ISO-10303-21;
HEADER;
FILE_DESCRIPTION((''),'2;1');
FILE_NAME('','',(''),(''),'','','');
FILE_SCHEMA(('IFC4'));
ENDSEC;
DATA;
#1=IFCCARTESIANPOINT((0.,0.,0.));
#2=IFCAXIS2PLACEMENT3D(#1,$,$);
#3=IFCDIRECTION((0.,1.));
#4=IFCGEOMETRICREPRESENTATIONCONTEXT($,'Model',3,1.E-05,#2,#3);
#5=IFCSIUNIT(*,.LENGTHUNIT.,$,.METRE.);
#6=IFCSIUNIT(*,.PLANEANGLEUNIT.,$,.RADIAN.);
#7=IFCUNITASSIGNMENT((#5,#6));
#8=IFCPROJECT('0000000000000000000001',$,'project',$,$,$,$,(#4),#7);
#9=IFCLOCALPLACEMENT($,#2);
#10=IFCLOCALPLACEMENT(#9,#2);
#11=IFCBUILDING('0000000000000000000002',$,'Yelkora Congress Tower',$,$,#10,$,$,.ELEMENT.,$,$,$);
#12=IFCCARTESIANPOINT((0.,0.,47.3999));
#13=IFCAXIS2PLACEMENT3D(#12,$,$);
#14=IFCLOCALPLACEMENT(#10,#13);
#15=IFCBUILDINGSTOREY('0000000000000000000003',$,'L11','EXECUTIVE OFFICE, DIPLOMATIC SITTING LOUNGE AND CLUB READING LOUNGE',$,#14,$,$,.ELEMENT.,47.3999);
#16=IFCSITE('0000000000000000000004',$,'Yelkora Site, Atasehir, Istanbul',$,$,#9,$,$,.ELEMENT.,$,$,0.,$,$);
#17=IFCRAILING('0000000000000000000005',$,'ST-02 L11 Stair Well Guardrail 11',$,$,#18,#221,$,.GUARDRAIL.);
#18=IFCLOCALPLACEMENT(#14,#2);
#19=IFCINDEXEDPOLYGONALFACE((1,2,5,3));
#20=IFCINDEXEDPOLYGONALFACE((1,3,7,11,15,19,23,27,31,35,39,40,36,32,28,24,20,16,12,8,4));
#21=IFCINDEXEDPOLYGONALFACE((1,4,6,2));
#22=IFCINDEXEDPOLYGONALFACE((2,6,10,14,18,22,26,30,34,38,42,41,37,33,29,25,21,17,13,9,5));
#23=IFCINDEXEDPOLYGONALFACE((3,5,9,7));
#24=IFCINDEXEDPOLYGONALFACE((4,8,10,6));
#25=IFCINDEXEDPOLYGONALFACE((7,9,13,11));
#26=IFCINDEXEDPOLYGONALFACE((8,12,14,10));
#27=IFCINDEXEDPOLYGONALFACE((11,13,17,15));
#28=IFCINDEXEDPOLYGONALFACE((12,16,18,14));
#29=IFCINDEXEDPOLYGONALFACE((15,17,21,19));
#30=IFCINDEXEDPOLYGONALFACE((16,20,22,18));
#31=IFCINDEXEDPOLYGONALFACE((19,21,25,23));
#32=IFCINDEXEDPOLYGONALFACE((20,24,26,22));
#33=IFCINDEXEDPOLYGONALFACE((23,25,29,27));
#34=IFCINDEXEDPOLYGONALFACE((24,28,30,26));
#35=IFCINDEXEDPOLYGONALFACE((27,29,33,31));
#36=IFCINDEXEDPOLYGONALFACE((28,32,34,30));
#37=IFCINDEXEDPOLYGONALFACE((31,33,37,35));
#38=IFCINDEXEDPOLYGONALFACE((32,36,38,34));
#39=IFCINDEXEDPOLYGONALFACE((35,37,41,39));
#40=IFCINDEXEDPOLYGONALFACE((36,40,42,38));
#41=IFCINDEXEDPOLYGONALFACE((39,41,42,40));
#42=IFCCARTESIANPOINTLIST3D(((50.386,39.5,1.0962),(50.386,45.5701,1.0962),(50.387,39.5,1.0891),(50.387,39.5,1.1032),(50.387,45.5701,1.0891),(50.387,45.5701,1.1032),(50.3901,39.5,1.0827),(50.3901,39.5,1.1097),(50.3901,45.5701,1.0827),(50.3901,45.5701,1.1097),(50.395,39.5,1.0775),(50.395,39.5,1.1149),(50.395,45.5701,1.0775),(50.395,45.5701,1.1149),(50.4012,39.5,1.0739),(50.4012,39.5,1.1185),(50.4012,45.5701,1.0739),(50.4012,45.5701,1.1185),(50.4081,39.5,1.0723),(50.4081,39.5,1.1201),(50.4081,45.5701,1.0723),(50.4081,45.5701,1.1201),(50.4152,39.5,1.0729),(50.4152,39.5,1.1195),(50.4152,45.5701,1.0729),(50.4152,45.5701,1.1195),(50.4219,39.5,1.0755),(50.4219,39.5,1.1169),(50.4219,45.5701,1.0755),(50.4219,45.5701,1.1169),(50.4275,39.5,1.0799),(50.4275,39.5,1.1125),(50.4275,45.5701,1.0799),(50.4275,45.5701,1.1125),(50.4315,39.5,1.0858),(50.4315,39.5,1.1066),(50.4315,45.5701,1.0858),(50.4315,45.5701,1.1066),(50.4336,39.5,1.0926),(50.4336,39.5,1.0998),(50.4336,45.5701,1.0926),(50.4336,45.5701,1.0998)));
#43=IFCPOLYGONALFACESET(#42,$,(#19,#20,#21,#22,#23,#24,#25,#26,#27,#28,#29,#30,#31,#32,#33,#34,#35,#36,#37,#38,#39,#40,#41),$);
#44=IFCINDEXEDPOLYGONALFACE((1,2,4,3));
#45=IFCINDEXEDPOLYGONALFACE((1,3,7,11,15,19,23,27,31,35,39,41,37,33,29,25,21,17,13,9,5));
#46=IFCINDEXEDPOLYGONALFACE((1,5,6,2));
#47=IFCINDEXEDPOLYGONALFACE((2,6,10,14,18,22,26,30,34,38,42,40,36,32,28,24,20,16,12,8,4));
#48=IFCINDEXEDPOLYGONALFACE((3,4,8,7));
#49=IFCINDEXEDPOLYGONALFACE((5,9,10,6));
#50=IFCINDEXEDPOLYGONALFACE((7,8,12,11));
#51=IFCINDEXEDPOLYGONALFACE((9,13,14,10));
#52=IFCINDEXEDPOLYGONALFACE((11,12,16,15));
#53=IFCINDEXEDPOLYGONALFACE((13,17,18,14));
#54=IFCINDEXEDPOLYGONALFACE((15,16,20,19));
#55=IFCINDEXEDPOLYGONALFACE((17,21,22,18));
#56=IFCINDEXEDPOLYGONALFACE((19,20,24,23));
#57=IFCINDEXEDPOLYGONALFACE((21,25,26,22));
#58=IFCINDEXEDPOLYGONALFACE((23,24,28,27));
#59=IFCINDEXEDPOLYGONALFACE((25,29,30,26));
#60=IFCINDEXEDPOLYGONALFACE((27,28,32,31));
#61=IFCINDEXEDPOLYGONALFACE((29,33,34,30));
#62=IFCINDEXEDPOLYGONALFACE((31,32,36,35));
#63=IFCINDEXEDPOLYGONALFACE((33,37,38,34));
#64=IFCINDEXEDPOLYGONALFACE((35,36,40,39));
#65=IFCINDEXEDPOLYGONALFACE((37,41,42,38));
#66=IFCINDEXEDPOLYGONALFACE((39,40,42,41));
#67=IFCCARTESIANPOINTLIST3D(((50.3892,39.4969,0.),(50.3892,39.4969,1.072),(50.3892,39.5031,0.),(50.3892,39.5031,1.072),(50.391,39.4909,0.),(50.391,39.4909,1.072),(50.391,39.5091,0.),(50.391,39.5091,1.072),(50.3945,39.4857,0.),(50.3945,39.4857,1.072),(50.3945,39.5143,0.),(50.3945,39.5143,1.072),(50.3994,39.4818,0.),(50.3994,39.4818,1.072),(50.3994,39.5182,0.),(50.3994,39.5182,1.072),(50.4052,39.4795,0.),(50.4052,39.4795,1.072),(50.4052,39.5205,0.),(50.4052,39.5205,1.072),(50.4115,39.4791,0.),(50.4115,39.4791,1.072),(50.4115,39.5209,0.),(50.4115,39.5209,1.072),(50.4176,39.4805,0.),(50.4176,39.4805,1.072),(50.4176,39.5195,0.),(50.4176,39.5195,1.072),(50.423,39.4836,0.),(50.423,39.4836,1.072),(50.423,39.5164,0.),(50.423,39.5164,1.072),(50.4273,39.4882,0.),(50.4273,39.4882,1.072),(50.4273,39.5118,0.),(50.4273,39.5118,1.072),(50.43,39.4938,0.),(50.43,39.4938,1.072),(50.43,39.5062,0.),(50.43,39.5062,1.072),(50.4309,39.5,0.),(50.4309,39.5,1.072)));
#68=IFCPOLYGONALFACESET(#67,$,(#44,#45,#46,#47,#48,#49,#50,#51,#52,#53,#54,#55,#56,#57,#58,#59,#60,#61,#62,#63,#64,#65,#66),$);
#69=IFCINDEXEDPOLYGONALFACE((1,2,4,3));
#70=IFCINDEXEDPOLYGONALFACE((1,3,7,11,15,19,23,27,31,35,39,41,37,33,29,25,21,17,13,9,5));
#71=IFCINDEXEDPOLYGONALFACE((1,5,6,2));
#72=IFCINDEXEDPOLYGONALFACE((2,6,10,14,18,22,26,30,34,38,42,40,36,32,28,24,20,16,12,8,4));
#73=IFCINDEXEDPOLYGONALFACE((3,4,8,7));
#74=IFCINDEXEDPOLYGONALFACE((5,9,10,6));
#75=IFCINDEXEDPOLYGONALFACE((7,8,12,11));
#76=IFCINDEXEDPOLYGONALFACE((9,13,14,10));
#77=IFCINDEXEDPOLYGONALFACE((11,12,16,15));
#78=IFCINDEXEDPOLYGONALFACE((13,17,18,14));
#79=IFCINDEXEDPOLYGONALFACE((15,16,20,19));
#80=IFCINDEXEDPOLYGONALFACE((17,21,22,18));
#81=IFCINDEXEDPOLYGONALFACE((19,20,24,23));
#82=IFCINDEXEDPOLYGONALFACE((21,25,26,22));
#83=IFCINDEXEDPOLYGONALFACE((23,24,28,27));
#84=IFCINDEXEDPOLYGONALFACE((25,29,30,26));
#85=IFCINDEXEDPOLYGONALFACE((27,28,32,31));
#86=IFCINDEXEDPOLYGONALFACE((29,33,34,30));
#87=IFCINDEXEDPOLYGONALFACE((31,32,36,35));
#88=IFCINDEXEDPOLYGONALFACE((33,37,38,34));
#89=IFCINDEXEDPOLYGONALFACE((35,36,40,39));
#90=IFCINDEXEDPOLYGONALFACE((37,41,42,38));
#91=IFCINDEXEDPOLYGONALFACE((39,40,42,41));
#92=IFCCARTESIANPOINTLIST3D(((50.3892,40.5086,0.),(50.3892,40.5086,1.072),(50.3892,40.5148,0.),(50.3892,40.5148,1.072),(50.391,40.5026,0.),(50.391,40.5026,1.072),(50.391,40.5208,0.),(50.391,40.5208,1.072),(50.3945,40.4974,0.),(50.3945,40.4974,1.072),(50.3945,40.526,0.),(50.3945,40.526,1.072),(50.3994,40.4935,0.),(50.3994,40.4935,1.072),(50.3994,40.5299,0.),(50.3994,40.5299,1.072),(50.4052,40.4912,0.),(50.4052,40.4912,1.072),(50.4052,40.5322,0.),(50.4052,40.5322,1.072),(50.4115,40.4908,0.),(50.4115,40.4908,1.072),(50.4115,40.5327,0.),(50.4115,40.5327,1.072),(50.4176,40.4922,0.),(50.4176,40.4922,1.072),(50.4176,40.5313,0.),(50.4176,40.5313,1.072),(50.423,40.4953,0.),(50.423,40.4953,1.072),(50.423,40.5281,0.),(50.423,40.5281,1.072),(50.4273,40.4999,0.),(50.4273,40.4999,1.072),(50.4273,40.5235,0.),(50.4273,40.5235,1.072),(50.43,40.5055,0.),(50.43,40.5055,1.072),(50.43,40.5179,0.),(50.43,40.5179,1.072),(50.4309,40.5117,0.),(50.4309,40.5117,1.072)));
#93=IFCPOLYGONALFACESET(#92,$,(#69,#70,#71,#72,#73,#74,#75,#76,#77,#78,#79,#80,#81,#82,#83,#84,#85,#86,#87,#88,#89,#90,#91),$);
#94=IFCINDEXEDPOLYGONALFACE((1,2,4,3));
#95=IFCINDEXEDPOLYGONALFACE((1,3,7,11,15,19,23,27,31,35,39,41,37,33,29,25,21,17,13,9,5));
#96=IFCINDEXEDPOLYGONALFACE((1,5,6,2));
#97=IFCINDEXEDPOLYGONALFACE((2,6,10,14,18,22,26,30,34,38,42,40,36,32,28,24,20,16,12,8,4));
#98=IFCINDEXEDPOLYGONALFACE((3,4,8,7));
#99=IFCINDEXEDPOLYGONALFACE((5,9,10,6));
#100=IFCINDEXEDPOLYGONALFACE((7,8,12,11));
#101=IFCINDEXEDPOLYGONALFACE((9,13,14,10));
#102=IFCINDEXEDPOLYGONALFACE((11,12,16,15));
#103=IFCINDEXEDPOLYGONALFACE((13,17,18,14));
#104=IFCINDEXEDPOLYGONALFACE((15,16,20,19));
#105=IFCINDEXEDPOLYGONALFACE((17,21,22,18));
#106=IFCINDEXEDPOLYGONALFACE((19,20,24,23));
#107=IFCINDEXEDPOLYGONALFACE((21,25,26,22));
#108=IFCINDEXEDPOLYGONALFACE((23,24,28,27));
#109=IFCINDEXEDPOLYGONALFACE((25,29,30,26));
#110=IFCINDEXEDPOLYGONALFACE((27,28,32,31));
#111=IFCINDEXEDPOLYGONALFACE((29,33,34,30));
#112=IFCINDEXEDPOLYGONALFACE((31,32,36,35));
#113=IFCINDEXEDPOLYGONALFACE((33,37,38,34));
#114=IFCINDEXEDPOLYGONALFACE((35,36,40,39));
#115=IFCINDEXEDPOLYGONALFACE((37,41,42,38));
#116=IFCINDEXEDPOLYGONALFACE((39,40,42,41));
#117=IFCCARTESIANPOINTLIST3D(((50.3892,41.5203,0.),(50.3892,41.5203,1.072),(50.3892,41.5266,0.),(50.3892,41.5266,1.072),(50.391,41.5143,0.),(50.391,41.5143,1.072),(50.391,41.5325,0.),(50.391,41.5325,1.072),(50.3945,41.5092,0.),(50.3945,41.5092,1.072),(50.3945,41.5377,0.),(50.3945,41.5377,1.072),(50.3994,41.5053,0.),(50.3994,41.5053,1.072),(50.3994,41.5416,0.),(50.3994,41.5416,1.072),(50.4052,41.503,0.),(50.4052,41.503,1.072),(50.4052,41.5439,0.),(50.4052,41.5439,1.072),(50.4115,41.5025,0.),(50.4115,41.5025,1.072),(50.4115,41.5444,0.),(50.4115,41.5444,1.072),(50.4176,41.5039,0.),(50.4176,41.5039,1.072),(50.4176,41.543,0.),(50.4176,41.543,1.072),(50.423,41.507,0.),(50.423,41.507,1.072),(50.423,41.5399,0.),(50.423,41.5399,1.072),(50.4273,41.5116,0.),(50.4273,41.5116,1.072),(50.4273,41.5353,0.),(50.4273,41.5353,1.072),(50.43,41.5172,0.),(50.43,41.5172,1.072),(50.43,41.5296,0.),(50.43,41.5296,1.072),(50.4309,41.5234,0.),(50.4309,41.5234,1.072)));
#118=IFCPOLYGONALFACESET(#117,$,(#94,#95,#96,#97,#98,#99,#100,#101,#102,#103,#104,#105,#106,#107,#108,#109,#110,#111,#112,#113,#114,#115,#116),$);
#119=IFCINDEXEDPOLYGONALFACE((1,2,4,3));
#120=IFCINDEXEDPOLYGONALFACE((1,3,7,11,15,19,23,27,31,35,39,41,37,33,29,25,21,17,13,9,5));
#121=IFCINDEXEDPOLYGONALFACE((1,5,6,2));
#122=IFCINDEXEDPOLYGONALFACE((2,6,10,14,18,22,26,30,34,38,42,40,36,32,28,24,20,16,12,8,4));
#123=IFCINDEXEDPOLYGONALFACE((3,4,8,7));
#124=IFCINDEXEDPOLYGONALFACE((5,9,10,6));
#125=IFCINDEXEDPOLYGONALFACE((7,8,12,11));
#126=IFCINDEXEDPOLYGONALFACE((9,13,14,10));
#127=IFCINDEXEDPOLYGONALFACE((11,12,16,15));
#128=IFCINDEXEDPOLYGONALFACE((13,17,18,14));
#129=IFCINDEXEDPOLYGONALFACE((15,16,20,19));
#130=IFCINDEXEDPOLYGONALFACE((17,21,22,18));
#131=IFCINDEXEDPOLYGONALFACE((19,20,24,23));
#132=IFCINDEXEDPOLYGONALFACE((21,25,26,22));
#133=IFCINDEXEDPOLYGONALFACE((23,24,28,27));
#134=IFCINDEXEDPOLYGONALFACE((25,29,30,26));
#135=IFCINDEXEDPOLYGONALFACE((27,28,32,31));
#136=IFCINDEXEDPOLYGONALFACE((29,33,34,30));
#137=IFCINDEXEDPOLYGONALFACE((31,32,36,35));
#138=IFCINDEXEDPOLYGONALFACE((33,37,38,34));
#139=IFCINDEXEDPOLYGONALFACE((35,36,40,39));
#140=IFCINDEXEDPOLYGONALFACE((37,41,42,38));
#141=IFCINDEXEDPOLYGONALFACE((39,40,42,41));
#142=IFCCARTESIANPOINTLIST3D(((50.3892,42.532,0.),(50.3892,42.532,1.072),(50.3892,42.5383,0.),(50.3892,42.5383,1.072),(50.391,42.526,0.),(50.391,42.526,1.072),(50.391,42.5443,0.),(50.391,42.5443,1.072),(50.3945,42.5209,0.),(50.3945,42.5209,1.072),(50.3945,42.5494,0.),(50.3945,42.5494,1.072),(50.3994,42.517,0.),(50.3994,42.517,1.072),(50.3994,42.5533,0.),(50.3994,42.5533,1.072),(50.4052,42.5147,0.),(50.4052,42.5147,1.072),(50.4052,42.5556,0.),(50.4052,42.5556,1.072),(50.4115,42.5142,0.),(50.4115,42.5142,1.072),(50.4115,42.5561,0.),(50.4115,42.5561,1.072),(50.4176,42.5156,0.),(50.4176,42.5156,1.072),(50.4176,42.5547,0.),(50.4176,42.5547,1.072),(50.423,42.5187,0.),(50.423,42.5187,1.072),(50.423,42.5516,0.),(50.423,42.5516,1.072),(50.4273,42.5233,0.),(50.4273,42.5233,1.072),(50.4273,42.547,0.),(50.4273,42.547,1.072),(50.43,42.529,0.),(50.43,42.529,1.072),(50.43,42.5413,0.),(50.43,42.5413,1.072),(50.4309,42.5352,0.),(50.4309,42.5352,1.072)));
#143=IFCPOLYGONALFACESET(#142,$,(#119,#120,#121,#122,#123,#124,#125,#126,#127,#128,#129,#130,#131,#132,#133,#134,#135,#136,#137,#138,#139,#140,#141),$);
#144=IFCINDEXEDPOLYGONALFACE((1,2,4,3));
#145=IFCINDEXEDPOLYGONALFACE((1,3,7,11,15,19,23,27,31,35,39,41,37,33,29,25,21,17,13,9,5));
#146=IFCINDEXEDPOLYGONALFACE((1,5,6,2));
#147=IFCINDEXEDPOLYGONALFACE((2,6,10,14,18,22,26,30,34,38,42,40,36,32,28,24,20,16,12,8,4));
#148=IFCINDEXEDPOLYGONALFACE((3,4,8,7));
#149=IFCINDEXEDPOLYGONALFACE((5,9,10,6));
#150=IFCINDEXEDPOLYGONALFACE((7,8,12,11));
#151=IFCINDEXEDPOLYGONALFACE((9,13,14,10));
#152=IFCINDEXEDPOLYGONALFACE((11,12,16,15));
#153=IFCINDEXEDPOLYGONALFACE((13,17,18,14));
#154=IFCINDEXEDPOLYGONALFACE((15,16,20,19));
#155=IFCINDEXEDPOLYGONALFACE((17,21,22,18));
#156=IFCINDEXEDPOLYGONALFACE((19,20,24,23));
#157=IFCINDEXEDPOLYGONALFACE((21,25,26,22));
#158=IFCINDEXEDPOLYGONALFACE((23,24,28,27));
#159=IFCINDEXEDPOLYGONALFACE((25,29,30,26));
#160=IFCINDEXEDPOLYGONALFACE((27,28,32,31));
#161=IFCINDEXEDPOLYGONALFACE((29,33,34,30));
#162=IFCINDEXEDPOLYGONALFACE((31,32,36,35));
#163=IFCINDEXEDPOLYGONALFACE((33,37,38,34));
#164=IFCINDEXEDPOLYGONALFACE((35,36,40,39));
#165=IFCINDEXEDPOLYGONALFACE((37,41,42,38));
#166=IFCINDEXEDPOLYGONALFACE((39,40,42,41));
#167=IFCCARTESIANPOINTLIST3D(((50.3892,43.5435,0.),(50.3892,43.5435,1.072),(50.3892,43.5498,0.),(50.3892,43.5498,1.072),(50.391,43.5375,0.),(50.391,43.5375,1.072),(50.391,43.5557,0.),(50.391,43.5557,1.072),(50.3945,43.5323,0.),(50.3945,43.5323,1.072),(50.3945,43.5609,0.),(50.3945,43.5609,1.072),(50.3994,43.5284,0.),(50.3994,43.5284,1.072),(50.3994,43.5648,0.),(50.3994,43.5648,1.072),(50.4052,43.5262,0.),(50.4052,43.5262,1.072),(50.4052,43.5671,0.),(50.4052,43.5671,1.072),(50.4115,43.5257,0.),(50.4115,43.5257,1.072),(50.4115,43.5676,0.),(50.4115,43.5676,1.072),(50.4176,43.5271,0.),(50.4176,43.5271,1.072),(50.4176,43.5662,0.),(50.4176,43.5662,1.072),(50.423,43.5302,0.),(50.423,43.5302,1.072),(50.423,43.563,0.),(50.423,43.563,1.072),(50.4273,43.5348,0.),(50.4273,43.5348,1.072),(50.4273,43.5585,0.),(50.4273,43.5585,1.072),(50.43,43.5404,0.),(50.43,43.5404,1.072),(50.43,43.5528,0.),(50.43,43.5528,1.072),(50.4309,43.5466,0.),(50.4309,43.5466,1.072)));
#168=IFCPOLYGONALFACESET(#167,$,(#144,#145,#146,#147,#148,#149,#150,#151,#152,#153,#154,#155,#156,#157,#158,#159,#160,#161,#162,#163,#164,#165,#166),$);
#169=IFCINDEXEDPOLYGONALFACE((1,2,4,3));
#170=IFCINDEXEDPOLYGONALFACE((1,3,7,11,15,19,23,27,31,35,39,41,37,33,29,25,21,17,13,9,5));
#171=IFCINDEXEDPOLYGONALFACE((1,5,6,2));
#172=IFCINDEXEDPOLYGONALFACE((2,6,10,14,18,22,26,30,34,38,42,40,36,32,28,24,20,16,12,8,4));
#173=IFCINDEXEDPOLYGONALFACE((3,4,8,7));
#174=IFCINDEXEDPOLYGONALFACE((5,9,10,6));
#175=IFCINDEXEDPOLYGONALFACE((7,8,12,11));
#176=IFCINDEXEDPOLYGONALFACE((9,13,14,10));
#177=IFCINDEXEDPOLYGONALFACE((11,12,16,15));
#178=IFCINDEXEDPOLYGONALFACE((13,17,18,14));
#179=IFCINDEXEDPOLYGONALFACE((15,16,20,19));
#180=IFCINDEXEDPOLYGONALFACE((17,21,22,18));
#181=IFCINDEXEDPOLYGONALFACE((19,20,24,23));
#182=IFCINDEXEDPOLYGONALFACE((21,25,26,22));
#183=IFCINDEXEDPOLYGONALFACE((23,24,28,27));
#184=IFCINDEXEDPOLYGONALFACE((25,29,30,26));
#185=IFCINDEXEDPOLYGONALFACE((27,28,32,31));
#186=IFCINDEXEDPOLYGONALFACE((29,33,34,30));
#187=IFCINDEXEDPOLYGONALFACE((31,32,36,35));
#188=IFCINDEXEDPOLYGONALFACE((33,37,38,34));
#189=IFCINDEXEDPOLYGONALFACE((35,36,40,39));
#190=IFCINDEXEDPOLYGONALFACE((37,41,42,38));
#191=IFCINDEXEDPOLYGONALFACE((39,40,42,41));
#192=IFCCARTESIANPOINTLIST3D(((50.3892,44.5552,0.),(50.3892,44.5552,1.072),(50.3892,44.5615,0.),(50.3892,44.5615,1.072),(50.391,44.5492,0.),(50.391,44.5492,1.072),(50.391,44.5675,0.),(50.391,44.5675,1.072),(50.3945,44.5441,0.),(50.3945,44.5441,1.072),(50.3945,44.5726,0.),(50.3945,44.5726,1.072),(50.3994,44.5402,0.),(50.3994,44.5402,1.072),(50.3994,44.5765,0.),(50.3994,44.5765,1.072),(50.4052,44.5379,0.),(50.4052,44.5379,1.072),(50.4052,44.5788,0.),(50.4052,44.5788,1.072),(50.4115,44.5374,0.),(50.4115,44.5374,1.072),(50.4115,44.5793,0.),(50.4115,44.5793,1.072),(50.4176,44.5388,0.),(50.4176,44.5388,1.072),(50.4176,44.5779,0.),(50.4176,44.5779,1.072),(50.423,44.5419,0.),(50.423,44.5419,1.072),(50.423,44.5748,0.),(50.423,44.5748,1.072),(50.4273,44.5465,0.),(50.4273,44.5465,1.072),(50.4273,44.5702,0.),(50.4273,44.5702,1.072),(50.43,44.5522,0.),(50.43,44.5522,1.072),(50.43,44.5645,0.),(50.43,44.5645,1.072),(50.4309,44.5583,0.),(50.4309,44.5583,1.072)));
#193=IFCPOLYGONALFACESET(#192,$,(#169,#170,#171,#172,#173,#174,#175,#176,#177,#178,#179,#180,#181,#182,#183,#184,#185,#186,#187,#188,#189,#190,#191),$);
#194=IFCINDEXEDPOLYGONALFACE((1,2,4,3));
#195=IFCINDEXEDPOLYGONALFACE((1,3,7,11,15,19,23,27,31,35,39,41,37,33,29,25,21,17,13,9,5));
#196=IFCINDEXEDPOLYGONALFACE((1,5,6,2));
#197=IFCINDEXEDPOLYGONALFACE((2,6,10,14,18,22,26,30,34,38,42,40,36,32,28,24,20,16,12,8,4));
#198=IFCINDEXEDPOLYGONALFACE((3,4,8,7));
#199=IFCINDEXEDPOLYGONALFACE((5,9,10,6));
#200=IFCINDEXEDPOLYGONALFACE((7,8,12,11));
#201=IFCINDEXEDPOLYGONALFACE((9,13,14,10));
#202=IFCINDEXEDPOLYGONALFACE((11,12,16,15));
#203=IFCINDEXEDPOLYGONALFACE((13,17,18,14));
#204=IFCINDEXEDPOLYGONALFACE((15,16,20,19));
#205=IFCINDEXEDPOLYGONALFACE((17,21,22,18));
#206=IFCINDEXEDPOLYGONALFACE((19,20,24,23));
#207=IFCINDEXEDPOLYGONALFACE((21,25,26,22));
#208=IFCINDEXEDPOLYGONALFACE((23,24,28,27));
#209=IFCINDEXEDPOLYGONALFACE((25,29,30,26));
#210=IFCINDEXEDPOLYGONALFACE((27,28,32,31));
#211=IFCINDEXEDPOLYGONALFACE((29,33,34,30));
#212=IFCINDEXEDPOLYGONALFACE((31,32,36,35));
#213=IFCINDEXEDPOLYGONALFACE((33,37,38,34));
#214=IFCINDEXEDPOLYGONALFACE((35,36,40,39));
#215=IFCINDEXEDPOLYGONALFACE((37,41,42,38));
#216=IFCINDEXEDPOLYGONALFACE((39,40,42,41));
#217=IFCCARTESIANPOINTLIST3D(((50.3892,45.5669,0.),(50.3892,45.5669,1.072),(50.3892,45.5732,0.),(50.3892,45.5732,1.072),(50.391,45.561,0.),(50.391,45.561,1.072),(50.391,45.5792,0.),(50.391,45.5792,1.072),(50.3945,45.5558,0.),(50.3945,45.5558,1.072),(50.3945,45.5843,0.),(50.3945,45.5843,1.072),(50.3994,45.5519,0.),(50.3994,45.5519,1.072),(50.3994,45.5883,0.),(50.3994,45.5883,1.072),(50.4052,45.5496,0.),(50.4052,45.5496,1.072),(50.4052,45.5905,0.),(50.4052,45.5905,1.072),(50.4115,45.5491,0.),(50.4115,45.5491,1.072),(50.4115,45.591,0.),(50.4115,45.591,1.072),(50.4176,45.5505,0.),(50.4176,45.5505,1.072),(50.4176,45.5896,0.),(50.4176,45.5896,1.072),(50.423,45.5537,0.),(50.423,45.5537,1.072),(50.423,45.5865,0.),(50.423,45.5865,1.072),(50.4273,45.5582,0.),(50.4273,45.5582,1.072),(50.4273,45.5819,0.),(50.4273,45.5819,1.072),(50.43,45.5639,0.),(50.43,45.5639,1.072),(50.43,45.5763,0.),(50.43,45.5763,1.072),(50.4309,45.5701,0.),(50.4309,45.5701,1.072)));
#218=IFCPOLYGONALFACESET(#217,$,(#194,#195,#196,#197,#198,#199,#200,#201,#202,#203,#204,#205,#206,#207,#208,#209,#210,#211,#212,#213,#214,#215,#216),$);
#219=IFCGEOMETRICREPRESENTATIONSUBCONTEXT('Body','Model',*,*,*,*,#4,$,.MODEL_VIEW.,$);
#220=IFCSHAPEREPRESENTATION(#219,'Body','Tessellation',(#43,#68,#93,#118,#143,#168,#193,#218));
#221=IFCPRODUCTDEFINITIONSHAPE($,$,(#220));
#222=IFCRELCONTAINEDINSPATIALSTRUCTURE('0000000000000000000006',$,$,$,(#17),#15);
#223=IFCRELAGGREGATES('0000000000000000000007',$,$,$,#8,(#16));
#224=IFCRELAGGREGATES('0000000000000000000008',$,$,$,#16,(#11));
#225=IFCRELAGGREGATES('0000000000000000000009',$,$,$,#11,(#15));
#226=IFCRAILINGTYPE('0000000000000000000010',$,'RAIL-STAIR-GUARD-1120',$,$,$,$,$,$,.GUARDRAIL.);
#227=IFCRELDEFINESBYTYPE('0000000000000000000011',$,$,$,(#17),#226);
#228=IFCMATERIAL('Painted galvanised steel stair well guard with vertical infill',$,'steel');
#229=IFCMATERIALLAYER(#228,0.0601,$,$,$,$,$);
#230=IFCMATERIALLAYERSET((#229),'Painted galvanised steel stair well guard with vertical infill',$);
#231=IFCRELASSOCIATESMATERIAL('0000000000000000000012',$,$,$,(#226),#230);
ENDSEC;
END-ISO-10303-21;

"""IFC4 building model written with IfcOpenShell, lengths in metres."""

from ifc_helpers import new_model, si_unit, direction, frame, origin, origin_2d, place, context, subcontext, project, spatial, circle, extrude, material, layer, layer_set, type_object, element, save


model = new_model("IFC4")

# Units and contexts
model_context = context("Model", 3, precision=1e-05, world=origin(), true_north=direction((0.0, 1.0)))
body_context = subcontext(model_context, "Body", "Model", "MODEL_VIEW")
ifc_project = project(units=[si_unit("LENGTHUNIT", "METRE"), si_unit("PLANEANGLEUNIT", "RADIAN")], contexts=[model_context])

# Site, building, storey
site_placement = place(None, origin())
site = spatial("IfcSite", under=ifc_project, at=site_placement, Name="Yelkora Site, Atasehir, Istanbul", CompositionType="ELEMENT", RefElevation=0.0)
building_placement = place(site_placement, origin())
building = spatial("IfcBuilding", under=site, at=building_placement, Name="Yelkora Congress Tower", CompositionType="ELEMENT")
storey_placement = place(building_placement, frame((0.0, 0.0, 47.3999)))
storey = spatial("IfcBuildingStorey", under=building, at=storey_placement, Name="L11", Description="EXECUTIVE OFFICE, DIPLOMATIC SITTING LOUNGE AND CLUB READING LOUNGE", CompositionType="ELEMENT", Elevation=47.3999)

# Railing
ifc_material_1 = material(Name="Painted galvanised steel stair well guard with vertical infill", Category="steel")
ifc_layer_1 = layer(ifc_material_1, 0.0601)
ifc_layer_set_1 = layer_set([ifc_layer_1], Name="Painted galvanised steel stair well guard with vertical infill")
railing_type_1 = type_object("IfcRailingType", Name="RAIL-STAIR-GUARD-1120", PredefinedType="GUARDRAIL", material=ifc_layer_set_1)
railing_1_placement = place(storey_placement, frame((50.4099, 39.5, 0.0)))
element("IfcRailing", 1, at=railing_1_placement, inside=storey, type_object=railing_type_1, Name="ST-02 L11 Stair Well Guardrail 11", PredefinedType="GUARDRAIL", context=body_context, shape_type="SweptSolid", body=[
    extrude(circle(Radius=0.0239, at=origin_2d()), frame((0.0, 0.0, 1.0962), z_axis=(0.0, 1.0, 0.0), x_axis=(-1.0, 0.0, 0.0)), (0.0, 0.0, 1.0), 6.0701),
    extrude(circle(Radius=0.021, at=origin_2d()), origin(), (0.0, 0.0, 1.0), 1.072),
    extrude(circle(Radius=0.021, at=origin_2d()), frame((0.0, 1.0117, 0.0)), (0.0, 0.0, 1.0), 1.072),
    extrude(circle(Radius=0.021, at=origin_2d()), frame((0.0, 2.0234, 0.0)), (0.0, 0.0, 1.0), 1.072),
    extrude(circle(Radius=0.021, at=origin_2d()), frame((0.0, 3.0352, 0.0)), (0.0, 0.0, 1.0), 1.072),
    extrude(circle(Radius=0.021, at=origin_2d()), frame((0.0, 4.0466, 0.0)), (0.0, 0.0, 1.0), 1.072),
    extrude(circle(Radius=0.021, at=origin_2d()), frame((0.0, 5.0583, 0.0)), (0.0, 0.0, 1.0), 1.072),
    extrude(circle(Radius=0.021, at=origin_2d()), frame((0.0, 6.0701, 0.0)), (0.0, 0.0, 1.0), 1.072),
])

save(model, "model.ifc")
